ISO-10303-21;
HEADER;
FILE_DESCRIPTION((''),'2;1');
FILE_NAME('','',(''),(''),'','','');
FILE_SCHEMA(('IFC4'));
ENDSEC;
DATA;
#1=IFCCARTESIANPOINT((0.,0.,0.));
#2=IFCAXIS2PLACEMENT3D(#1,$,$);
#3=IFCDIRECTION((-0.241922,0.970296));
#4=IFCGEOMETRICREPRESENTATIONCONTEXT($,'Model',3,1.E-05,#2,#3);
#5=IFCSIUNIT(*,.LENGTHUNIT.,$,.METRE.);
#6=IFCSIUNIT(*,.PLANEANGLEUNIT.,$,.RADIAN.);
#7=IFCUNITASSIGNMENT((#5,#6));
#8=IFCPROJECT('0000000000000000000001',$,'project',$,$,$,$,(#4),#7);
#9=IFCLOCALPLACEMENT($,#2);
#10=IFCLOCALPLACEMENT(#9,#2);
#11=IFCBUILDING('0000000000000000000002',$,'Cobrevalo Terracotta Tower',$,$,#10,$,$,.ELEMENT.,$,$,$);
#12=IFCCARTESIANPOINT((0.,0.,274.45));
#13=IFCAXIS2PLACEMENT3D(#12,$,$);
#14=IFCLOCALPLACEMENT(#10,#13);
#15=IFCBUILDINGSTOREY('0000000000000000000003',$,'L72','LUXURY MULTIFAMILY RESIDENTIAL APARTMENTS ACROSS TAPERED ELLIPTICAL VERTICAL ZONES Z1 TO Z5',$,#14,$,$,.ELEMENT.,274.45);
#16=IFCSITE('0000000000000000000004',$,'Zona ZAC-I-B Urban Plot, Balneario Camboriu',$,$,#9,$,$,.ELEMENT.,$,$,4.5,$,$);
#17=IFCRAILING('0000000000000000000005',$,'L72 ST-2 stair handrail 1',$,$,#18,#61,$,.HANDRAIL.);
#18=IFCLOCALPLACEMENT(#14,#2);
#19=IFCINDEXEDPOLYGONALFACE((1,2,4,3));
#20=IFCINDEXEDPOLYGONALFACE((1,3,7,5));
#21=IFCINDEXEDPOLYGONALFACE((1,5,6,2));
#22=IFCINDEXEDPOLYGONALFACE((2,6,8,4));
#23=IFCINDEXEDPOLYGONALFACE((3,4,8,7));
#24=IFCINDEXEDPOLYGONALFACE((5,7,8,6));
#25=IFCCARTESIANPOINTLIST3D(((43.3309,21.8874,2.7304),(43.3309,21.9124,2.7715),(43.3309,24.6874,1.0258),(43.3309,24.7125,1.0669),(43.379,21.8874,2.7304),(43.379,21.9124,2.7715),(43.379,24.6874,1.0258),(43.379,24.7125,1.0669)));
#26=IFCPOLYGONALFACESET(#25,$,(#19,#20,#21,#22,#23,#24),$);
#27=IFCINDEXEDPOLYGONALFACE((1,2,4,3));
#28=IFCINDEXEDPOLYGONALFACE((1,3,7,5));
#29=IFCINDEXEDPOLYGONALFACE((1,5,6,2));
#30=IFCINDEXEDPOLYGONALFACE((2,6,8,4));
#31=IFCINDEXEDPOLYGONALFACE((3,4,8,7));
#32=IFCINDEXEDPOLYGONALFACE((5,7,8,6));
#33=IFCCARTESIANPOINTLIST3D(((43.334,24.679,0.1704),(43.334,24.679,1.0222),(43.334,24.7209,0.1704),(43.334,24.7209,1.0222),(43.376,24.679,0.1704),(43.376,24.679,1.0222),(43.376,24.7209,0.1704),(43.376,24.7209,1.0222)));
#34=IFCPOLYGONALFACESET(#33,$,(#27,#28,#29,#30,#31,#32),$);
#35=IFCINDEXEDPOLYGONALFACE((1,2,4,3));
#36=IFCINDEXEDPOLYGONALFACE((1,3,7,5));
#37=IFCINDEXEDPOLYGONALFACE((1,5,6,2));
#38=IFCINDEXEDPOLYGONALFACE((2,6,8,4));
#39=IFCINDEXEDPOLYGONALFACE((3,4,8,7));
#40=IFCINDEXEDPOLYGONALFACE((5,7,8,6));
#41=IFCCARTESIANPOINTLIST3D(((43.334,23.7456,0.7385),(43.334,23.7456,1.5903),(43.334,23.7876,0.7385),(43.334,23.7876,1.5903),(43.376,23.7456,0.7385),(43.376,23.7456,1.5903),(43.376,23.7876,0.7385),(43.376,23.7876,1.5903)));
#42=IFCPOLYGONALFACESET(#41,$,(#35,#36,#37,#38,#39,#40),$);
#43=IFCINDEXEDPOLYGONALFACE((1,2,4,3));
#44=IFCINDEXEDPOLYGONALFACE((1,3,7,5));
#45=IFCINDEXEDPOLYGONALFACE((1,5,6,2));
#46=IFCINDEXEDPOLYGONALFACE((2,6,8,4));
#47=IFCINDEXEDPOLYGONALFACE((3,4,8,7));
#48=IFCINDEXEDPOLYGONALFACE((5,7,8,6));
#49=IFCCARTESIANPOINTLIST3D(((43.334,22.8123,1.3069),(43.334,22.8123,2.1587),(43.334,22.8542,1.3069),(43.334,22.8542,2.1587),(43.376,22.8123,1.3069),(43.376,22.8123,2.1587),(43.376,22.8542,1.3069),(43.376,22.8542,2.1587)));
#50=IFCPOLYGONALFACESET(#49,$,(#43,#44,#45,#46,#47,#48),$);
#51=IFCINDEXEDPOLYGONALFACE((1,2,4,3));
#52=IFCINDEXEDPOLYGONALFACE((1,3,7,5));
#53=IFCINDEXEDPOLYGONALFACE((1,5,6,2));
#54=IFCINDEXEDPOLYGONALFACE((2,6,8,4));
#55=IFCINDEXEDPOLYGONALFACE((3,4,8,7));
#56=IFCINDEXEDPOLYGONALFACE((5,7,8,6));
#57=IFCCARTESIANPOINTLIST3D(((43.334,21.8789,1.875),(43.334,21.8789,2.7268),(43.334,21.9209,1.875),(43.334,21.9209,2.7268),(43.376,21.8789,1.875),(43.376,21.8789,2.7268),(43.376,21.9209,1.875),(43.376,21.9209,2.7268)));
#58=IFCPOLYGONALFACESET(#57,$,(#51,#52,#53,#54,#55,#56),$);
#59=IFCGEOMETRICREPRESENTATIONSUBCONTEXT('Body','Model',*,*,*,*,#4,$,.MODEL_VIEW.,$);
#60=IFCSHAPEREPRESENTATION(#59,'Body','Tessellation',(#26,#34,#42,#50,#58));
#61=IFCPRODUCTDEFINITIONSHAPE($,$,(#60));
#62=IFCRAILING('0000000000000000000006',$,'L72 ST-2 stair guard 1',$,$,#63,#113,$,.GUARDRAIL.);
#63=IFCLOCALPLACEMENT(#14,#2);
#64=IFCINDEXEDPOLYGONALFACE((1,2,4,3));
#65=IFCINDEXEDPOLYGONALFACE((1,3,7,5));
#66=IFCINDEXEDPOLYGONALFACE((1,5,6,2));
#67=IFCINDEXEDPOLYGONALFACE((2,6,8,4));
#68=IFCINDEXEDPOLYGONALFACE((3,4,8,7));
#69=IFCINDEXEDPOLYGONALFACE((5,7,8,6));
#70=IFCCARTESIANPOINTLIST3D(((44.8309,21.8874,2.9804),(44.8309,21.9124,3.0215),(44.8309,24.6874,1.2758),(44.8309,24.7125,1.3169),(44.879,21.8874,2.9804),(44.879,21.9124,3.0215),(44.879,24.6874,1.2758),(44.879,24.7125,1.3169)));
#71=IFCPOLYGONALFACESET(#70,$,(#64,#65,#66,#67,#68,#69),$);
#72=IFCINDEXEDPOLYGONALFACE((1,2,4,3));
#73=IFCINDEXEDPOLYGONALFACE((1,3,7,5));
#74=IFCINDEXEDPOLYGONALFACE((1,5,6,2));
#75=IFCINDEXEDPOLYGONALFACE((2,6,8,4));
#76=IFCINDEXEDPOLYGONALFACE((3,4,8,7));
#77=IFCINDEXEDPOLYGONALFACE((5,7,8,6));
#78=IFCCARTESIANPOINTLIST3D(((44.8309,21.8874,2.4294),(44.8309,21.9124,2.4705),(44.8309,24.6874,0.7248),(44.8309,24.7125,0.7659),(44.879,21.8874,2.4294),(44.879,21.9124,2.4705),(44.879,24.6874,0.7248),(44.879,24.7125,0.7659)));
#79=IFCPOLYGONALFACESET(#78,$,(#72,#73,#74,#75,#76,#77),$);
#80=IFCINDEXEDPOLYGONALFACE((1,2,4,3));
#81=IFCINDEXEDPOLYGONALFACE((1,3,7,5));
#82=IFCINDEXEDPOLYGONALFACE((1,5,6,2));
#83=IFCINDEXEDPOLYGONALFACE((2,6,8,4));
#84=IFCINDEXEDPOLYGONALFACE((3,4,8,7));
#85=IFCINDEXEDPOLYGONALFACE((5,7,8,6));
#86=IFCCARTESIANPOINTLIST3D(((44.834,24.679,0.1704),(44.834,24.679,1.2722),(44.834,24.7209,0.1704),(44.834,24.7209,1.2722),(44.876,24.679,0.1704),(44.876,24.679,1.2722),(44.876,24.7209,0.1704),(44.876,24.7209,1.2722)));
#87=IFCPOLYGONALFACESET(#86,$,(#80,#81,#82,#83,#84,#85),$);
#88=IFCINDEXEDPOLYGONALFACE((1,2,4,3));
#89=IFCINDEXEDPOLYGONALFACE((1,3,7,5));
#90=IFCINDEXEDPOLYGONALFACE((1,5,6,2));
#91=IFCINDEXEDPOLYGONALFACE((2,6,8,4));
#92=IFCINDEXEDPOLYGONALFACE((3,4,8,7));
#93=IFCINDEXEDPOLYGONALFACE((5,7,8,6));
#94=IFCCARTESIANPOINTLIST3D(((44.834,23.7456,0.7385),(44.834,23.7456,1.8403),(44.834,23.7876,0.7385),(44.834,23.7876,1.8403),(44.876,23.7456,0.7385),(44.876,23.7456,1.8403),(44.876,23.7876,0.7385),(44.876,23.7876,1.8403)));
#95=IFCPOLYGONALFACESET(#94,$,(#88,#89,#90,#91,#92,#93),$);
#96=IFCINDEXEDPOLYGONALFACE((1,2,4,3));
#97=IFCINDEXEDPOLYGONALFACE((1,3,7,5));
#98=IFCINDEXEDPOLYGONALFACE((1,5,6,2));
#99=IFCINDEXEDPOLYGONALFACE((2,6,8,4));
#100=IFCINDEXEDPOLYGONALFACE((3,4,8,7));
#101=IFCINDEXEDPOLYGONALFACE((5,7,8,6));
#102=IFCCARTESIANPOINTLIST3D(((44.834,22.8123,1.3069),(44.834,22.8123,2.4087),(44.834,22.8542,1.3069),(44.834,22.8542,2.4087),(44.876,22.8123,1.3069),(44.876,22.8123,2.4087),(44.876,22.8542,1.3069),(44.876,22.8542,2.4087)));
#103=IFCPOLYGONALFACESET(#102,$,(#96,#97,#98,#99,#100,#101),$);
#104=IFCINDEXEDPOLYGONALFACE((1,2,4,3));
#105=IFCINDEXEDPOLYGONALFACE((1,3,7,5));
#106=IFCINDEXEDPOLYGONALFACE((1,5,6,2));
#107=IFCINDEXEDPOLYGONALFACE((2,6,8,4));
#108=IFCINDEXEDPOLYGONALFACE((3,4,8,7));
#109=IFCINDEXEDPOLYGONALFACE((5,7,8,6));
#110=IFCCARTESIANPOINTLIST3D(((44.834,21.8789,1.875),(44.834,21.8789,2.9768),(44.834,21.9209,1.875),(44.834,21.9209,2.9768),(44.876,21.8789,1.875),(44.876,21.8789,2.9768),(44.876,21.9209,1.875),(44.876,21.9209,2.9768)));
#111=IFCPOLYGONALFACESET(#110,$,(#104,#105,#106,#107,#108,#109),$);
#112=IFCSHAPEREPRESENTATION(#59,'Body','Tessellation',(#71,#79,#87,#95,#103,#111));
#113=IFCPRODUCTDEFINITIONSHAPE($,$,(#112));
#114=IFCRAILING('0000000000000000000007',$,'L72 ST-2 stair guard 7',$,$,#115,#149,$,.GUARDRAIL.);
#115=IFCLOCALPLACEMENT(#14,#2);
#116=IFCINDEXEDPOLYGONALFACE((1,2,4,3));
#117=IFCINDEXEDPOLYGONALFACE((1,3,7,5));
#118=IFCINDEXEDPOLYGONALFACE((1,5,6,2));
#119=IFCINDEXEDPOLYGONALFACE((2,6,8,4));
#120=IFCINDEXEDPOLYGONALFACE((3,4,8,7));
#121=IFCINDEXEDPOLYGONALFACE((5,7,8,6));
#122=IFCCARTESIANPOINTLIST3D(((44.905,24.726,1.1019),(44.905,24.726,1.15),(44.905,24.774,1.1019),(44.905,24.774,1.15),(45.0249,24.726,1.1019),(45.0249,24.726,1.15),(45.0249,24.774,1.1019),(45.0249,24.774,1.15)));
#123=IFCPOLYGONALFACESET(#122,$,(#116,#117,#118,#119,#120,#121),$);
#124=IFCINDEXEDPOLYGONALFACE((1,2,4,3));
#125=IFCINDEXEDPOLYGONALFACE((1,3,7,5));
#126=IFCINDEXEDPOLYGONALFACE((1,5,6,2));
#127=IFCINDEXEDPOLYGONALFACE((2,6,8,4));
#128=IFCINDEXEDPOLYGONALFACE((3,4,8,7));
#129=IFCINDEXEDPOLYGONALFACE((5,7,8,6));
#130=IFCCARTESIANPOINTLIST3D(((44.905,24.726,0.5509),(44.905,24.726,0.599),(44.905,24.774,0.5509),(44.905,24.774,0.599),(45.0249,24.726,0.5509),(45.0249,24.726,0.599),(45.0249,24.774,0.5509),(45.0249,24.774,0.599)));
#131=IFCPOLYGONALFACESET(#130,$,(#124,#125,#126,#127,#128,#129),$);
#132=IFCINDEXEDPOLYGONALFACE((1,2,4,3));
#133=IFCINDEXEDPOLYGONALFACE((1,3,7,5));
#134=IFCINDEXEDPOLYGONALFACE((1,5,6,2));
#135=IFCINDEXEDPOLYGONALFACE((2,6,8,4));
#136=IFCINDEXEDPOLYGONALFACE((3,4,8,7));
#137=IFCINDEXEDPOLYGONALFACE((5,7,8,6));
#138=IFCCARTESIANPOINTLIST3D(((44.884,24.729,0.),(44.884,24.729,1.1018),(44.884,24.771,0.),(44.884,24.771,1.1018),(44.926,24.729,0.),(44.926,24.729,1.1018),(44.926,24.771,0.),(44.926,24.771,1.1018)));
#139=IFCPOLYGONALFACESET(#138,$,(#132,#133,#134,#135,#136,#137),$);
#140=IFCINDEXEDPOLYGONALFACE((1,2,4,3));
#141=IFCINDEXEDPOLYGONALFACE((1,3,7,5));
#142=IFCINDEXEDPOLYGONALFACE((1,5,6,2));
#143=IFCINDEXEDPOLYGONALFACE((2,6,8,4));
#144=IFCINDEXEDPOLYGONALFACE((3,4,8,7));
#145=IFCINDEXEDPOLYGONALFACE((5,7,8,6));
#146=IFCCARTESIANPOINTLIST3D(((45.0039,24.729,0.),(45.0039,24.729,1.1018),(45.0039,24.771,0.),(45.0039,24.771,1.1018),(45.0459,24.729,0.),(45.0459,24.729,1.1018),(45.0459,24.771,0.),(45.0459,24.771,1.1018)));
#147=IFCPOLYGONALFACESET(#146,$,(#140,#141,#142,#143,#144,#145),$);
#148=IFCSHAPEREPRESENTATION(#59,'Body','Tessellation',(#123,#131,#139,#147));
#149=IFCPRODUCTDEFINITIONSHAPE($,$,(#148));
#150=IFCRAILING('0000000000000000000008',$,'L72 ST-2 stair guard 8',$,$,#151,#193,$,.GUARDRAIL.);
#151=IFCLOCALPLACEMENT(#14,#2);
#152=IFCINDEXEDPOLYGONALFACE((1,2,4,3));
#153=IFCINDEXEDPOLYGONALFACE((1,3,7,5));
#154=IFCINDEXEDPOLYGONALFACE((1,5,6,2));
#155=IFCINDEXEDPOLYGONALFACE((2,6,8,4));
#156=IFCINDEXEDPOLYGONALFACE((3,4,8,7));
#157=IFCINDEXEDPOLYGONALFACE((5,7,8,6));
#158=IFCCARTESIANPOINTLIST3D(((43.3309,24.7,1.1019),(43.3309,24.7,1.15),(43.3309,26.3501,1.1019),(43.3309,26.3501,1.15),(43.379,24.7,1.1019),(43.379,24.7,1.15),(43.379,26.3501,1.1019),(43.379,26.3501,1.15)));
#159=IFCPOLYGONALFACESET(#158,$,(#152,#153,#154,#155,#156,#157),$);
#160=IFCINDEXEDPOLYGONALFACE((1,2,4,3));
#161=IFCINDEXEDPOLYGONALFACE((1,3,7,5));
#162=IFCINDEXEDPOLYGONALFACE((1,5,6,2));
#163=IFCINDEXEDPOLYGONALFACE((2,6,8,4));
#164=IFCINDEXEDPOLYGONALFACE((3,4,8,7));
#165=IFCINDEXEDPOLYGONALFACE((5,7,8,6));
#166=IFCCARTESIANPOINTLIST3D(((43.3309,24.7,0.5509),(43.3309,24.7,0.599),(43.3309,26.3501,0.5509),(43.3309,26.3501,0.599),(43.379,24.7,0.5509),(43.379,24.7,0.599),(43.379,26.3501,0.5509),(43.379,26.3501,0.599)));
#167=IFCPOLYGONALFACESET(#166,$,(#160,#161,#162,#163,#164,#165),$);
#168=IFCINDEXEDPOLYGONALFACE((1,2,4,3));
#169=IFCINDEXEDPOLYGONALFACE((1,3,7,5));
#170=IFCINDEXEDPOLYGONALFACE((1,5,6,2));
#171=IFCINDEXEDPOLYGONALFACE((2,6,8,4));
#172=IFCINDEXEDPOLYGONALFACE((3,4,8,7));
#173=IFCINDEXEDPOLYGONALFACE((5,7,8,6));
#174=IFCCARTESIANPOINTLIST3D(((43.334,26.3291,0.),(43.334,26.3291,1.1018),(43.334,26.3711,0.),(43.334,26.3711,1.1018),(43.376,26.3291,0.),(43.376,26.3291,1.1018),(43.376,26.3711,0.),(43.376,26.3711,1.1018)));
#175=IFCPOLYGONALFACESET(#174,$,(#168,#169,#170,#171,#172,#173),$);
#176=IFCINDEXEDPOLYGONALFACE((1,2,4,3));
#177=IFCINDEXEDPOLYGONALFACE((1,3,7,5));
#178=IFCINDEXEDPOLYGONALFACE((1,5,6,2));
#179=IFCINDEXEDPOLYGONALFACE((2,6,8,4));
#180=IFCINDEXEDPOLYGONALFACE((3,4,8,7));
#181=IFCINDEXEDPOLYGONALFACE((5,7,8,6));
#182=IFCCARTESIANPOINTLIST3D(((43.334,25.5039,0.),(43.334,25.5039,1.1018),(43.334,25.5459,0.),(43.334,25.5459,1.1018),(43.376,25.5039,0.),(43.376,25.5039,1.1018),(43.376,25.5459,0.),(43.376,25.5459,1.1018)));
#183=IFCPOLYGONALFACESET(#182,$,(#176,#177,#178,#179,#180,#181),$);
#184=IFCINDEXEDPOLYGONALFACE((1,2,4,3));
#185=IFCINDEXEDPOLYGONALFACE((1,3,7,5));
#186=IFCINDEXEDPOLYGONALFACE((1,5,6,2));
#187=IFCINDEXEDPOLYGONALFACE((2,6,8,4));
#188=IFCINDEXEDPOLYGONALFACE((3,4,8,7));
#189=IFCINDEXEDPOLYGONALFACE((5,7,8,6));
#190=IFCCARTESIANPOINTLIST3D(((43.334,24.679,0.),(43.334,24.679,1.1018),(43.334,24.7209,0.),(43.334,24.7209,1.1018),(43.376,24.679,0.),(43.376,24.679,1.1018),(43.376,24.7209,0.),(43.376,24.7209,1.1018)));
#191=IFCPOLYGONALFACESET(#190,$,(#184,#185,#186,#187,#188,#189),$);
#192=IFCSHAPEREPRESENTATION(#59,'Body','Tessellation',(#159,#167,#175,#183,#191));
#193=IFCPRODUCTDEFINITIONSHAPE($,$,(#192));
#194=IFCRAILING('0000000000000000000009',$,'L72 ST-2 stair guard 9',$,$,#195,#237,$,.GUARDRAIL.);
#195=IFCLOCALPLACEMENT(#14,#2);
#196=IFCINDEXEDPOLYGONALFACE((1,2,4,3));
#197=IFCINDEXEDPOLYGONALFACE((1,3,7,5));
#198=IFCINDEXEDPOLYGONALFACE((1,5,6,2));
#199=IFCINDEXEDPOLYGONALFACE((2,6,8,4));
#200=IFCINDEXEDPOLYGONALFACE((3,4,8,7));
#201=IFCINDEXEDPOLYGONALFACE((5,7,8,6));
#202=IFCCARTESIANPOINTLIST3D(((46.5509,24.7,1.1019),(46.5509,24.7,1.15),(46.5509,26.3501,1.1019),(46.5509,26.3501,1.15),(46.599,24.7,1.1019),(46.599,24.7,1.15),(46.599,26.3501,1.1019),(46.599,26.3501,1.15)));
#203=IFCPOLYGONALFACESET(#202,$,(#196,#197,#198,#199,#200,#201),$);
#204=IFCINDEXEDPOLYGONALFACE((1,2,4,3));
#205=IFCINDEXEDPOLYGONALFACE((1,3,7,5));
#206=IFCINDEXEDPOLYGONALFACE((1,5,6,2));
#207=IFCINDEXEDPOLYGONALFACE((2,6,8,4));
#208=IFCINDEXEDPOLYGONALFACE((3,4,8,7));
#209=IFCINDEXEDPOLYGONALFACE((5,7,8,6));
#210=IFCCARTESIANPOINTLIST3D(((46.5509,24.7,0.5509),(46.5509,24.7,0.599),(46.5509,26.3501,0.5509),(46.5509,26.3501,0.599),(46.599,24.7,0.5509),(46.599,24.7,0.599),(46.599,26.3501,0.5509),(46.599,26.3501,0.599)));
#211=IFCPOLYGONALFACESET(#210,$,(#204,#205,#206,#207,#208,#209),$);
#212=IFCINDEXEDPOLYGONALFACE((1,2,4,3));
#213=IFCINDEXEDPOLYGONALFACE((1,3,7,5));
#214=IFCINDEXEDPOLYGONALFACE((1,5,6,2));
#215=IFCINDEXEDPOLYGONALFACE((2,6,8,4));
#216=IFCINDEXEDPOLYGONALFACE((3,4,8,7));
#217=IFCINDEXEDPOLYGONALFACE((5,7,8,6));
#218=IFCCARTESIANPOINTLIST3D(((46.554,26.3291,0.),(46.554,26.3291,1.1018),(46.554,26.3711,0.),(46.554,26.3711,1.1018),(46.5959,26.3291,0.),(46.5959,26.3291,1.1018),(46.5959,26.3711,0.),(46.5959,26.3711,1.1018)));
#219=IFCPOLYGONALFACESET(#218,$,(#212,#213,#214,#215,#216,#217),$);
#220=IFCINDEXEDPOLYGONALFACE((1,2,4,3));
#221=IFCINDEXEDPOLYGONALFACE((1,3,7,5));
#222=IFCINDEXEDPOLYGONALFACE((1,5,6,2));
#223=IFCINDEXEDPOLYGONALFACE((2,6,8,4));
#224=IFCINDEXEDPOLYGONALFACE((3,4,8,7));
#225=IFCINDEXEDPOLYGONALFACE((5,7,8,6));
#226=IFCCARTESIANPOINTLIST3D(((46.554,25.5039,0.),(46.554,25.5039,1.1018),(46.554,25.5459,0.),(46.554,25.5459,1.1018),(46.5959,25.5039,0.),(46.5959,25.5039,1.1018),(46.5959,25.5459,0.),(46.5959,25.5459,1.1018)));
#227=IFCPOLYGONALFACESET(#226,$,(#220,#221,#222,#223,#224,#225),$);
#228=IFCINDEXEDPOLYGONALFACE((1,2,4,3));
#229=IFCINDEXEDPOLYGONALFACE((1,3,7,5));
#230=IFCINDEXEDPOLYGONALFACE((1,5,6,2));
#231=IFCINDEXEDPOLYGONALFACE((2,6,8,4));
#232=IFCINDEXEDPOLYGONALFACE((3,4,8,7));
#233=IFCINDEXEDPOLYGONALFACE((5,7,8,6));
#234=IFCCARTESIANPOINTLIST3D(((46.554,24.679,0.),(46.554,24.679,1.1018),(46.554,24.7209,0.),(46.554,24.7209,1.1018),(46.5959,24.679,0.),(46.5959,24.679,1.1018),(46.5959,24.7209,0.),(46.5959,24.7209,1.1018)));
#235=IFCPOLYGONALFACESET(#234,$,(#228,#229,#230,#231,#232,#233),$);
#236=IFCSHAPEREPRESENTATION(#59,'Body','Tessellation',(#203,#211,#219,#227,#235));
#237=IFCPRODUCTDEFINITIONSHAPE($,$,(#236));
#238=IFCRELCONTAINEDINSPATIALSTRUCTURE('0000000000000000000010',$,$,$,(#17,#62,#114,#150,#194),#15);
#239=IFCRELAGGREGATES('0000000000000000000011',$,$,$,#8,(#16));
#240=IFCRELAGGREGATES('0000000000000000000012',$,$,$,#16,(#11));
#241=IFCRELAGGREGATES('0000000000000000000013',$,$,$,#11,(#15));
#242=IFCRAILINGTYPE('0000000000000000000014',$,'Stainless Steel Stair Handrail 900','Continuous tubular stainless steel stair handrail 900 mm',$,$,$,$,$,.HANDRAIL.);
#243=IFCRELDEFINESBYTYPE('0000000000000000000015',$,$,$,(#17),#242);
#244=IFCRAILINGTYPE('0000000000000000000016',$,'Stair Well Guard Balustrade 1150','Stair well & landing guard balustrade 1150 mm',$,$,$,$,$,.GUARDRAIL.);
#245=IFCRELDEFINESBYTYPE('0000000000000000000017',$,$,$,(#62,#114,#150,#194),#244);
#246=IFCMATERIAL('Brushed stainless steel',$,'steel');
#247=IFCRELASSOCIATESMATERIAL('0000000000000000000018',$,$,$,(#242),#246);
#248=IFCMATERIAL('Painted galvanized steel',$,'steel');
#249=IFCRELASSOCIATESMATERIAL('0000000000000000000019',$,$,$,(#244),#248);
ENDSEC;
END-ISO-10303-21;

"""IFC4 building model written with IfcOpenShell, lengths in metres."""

from ifc_helpers import new_model, si_unit, direction, frame, origin, origin_2d, place, context, subcontext, project, spatial, rectangle, extrude, material, type_object, element, save


model = new_model("IFC4")

# Units and contexts
model_context = context("Model", 3, precision=1e-05, world=origin(), true_north=direction((-0.241922, 0.970296)))
body_context = subcontext(model_context, "Body", "Model", "MODEL_VIEW")
ifc_project = project(units=[si_unit("LENGTHUNIT", "METRE"), si_unit("PLANEANGLEUNIT", "RADIAN")], contexts=[model_context])

# Site, building, storey
site_placement = place(None, origin())
site = spatial("IfcSite", under=ifc_project, at=site_placement, Name="Zona ZAC-I-B Urban Plot, Balneario Camboriu", CompositionType="ELEMENT", RefElevation=4.5)
building_placement = place(site_placement, origin())
building = spatial("IfcBuilding", under=site, at=building_placement, Name="Cobrevalo Terracotta Tower", CompositionType="ELEMENT")
storey_placement = place(building_placement, frame((0.0, 0.0, 274.45)))
storey = spatial("IfcBuildingStorey", under=building, at=storey_placement, Name="L72", Description="LUXURY MULTIFAMILY RESIDENTIAL APARTMENTS ACROSS TAPERED ELLIPTICAL VERTICAL ZONES Z1 TO Z5", CompositionType="ELEMENT", Elevation=274.45)

# Shared definitions
ifc_material_1 = material(Name="Brushed stainless steel", Category="steel")

# Railings
railing_type_1 = type_object("IfcRailingType", Name="Stainless Steel Stair Handrail 900", Description="Continuous tubular stainless steel stair handrail 900 mm", PredefinedType="HANDRAIL", material=ifc_material_1)
railing_1_placement = place(storey_placement, frame((43.355, 24.7, 0.1704)))
element("IfcRailing", 1, at=railing_1_placement, inside=storey, type_object=railing_type_1, Name="L72 ST-2 stair handrail 1", PredefinedType="HANDRAIL", context=body_context, shape_type="SweptSolid", body=[
    extrude(rectangle(XDim=0.0481, YDim=0.0481, at=origin_2d()), frame((0.0, 0.0, 0.876), z_axis=(0.0, -0.85417, 0.519994), x_axis=(1.0, 0.0, 0.0)), (0.0, 0.0, 1.0), 3.2781),
    extrude(rectangle(XDim=0.042, YDim=0.042, at=origin_2d()), origin(), (0.0, 0.0, 1.0), 0.8518),
    extrude(rectangle(XDim=0.042, YDim=0.042, at=origin_2d()), frame((0.0, -0.9333, 0.5681)), (0.0, 0.0, 1.0), 0.8518),
    extrude(rectangle(XDim=0.042, YDim=0.042, at=origin_2d()), frame((0.0, -1.8667, 1.1365)), (0.0, 0.0, 1.0), 0.8518),
    extrude(rectangle(XDim=0.042, YDim=0.042, at=origin_2d()), frame((0.0, -2.8, 1.7046)), (0.0, 0.0, 1.0), 0.8518),
])
ifc_material_2 = material(Name="Painted galvanized steel", Category="steel")
railing_type_2 = type_object("IfcRailingType", Name="Stair Well Guard Balustrade 1150", Description="Stair well & landing guard balustrade 1150 mm", PredefinedType="GUARDRAIL", material=ifc_material_2)
railing_2_placement = place(storey_placement, frame((44.855, 24.7, 0.1704)))
element("IfcRailing", 2, at=railing_2_placement, inside=storey, type_object=railing_type_2, Name="L72 ST-2 stair guard 1", PredefinedType="GUARDRAIL", context=body_context, shape_type="SweptSolid", body=[
    extrude(rectangle(XDim=0.0481, YDim=0.0481, at=origin_2d()), frame((0.0, 0.0, 1.126), z_axis=(0.0, -0.85417, 0.519994), x_axis=(1.0, 0.0, 0.0)), (0.0, 0.0, 1.0), 3.2781),
    extrude(rectangle(XDim=0.0481, YDim=0.0481, at=origin_2d()), frame((0.0, 0.0, 0.575), z_axis=(0.0, -0.85417, 0.519994), x_axis=(1.0, 0.0, 0.0)), (0.0, 0.0, 1.0), 3.2781),
    extrude(rectangle(XDim=0.042, YDim=0.042, at=origin_2d()), origin(), (0.0, 0.0, 1.0), 1.1018),
    extrude(rectangle(XDim=0.042, YDim=0.042, at=origin_2d()), frame((0.0, -0.9333, 0.5681)), (0.0, 0.0, 1.0), 1.1018),
    extrude(rectangle(XDim=0.042, YDim=0.042, at=origin_2d()), frame((0.0, -1.8667, 1.1365)), (0.0, 0.0, 1.0), 1.1018),
    extrude(rectangle(XDim=0.042, YDim=0.042, at=origin_2d()), frame((0.0, -2.8, 1.7046)), (0.0, 0.0, 1.0), 1.1018),
])
railing_3_placement = place(storey_placement, frame((44.905, 24.75, 0.0)))
element("IfcRailing", 3, at=railing_3_placement, inside=storey, type_object=railing_type_2, Name="L72 ST-2 stair guard 7", PredefinedType="GUARDRAIL", context=body_context, shape_type="SweptSolid", body=[
    extrude(rectangle(XDim=0.0481, YDim=0.0481, at=origin_2d()), frame((0.0, 0.0, 1.126), z_axis=(1.0, 0.0, 0.0), x_axis=(0.0, 1.0, 0.0)), (0.0, 0.0, 1.0), 0.1199),
    extrude(rectangle(XDim=0.0481, YDim=0.0481, at=origin_2d()), frame((0.0, 0.0, 0.575), z_axis=(1.0, 0.0, 0.0), x_axis=(0.0, 1.0, 0.0)), (0.0, 0.0, 1.0), 0.1199),
    extrude(rectangle(XDim=0.042, YDim=0.042, at=origin_2d()), origin(), (0.0, 0.0, 1.0), 1.1018),
    extrude(rectangle(XDim=0.042, YDim=0.042, at=origin_2d()), frame((0.1199, 0.0, 0.0)), (0.0, 0.0, 1.0), 1.1018),
])
for number, where, name in (
    (4, (43.355, 26.3501, 0.0), "L72 ST-2 stair guard 8"),
    (5, (46.575, 26.3501, 0.0), "L72 ST-2 stair guard 9"),
):
    element("IfcRailing", number, at=place(storey_placement, frame(where)), inside=storey, type_object=railing_type_2, Name=name, PredefinedType="GUARDRAIL", context=body_context, shape_type="SweptSolid", body=[
        extrude(rectangle(XDim=0.0481, YDim=0.0481, at=origin_2d()), frame((0.0, 0.0, 1.126), z_axis=(0.0, -1.0, 0.0), x_axis=(1.0, 0.0, 0.0)), (0.0, 0.0, 1.0), 1.6501),
        extrude(rectangle(XDim=0.0481, YDim=0.0481, at=origin_2d()), frame((0.0, 0.0, 0.575), z_axis=(0.0, -1.0, 0.0), x_axis=(1.0, 0.0, 0.0)), (0.0, 0.0, 1.0), 1.6501),
        extrude(rectangle(XDim=0.042, YDim=0.042, at=origin_2d()), origin(), (0.0, 0.0, 1.0), 1.1018),
        extrude(rectangle(XDim=0.042, YDim=0.042, at=origin_2d()), frame((0.0, -0.8252, 0.0)), (0.0, 0.0, 1.0), 1.1018),
        extrude(rectangle(XDim=0.042, YDim=0.042, at=origin_2d()), frame((0.0, -1.6501, 0.0)), (0.0, 0.0, 1.0), 1.1018),
    ])

save(model, "model.ifc")
